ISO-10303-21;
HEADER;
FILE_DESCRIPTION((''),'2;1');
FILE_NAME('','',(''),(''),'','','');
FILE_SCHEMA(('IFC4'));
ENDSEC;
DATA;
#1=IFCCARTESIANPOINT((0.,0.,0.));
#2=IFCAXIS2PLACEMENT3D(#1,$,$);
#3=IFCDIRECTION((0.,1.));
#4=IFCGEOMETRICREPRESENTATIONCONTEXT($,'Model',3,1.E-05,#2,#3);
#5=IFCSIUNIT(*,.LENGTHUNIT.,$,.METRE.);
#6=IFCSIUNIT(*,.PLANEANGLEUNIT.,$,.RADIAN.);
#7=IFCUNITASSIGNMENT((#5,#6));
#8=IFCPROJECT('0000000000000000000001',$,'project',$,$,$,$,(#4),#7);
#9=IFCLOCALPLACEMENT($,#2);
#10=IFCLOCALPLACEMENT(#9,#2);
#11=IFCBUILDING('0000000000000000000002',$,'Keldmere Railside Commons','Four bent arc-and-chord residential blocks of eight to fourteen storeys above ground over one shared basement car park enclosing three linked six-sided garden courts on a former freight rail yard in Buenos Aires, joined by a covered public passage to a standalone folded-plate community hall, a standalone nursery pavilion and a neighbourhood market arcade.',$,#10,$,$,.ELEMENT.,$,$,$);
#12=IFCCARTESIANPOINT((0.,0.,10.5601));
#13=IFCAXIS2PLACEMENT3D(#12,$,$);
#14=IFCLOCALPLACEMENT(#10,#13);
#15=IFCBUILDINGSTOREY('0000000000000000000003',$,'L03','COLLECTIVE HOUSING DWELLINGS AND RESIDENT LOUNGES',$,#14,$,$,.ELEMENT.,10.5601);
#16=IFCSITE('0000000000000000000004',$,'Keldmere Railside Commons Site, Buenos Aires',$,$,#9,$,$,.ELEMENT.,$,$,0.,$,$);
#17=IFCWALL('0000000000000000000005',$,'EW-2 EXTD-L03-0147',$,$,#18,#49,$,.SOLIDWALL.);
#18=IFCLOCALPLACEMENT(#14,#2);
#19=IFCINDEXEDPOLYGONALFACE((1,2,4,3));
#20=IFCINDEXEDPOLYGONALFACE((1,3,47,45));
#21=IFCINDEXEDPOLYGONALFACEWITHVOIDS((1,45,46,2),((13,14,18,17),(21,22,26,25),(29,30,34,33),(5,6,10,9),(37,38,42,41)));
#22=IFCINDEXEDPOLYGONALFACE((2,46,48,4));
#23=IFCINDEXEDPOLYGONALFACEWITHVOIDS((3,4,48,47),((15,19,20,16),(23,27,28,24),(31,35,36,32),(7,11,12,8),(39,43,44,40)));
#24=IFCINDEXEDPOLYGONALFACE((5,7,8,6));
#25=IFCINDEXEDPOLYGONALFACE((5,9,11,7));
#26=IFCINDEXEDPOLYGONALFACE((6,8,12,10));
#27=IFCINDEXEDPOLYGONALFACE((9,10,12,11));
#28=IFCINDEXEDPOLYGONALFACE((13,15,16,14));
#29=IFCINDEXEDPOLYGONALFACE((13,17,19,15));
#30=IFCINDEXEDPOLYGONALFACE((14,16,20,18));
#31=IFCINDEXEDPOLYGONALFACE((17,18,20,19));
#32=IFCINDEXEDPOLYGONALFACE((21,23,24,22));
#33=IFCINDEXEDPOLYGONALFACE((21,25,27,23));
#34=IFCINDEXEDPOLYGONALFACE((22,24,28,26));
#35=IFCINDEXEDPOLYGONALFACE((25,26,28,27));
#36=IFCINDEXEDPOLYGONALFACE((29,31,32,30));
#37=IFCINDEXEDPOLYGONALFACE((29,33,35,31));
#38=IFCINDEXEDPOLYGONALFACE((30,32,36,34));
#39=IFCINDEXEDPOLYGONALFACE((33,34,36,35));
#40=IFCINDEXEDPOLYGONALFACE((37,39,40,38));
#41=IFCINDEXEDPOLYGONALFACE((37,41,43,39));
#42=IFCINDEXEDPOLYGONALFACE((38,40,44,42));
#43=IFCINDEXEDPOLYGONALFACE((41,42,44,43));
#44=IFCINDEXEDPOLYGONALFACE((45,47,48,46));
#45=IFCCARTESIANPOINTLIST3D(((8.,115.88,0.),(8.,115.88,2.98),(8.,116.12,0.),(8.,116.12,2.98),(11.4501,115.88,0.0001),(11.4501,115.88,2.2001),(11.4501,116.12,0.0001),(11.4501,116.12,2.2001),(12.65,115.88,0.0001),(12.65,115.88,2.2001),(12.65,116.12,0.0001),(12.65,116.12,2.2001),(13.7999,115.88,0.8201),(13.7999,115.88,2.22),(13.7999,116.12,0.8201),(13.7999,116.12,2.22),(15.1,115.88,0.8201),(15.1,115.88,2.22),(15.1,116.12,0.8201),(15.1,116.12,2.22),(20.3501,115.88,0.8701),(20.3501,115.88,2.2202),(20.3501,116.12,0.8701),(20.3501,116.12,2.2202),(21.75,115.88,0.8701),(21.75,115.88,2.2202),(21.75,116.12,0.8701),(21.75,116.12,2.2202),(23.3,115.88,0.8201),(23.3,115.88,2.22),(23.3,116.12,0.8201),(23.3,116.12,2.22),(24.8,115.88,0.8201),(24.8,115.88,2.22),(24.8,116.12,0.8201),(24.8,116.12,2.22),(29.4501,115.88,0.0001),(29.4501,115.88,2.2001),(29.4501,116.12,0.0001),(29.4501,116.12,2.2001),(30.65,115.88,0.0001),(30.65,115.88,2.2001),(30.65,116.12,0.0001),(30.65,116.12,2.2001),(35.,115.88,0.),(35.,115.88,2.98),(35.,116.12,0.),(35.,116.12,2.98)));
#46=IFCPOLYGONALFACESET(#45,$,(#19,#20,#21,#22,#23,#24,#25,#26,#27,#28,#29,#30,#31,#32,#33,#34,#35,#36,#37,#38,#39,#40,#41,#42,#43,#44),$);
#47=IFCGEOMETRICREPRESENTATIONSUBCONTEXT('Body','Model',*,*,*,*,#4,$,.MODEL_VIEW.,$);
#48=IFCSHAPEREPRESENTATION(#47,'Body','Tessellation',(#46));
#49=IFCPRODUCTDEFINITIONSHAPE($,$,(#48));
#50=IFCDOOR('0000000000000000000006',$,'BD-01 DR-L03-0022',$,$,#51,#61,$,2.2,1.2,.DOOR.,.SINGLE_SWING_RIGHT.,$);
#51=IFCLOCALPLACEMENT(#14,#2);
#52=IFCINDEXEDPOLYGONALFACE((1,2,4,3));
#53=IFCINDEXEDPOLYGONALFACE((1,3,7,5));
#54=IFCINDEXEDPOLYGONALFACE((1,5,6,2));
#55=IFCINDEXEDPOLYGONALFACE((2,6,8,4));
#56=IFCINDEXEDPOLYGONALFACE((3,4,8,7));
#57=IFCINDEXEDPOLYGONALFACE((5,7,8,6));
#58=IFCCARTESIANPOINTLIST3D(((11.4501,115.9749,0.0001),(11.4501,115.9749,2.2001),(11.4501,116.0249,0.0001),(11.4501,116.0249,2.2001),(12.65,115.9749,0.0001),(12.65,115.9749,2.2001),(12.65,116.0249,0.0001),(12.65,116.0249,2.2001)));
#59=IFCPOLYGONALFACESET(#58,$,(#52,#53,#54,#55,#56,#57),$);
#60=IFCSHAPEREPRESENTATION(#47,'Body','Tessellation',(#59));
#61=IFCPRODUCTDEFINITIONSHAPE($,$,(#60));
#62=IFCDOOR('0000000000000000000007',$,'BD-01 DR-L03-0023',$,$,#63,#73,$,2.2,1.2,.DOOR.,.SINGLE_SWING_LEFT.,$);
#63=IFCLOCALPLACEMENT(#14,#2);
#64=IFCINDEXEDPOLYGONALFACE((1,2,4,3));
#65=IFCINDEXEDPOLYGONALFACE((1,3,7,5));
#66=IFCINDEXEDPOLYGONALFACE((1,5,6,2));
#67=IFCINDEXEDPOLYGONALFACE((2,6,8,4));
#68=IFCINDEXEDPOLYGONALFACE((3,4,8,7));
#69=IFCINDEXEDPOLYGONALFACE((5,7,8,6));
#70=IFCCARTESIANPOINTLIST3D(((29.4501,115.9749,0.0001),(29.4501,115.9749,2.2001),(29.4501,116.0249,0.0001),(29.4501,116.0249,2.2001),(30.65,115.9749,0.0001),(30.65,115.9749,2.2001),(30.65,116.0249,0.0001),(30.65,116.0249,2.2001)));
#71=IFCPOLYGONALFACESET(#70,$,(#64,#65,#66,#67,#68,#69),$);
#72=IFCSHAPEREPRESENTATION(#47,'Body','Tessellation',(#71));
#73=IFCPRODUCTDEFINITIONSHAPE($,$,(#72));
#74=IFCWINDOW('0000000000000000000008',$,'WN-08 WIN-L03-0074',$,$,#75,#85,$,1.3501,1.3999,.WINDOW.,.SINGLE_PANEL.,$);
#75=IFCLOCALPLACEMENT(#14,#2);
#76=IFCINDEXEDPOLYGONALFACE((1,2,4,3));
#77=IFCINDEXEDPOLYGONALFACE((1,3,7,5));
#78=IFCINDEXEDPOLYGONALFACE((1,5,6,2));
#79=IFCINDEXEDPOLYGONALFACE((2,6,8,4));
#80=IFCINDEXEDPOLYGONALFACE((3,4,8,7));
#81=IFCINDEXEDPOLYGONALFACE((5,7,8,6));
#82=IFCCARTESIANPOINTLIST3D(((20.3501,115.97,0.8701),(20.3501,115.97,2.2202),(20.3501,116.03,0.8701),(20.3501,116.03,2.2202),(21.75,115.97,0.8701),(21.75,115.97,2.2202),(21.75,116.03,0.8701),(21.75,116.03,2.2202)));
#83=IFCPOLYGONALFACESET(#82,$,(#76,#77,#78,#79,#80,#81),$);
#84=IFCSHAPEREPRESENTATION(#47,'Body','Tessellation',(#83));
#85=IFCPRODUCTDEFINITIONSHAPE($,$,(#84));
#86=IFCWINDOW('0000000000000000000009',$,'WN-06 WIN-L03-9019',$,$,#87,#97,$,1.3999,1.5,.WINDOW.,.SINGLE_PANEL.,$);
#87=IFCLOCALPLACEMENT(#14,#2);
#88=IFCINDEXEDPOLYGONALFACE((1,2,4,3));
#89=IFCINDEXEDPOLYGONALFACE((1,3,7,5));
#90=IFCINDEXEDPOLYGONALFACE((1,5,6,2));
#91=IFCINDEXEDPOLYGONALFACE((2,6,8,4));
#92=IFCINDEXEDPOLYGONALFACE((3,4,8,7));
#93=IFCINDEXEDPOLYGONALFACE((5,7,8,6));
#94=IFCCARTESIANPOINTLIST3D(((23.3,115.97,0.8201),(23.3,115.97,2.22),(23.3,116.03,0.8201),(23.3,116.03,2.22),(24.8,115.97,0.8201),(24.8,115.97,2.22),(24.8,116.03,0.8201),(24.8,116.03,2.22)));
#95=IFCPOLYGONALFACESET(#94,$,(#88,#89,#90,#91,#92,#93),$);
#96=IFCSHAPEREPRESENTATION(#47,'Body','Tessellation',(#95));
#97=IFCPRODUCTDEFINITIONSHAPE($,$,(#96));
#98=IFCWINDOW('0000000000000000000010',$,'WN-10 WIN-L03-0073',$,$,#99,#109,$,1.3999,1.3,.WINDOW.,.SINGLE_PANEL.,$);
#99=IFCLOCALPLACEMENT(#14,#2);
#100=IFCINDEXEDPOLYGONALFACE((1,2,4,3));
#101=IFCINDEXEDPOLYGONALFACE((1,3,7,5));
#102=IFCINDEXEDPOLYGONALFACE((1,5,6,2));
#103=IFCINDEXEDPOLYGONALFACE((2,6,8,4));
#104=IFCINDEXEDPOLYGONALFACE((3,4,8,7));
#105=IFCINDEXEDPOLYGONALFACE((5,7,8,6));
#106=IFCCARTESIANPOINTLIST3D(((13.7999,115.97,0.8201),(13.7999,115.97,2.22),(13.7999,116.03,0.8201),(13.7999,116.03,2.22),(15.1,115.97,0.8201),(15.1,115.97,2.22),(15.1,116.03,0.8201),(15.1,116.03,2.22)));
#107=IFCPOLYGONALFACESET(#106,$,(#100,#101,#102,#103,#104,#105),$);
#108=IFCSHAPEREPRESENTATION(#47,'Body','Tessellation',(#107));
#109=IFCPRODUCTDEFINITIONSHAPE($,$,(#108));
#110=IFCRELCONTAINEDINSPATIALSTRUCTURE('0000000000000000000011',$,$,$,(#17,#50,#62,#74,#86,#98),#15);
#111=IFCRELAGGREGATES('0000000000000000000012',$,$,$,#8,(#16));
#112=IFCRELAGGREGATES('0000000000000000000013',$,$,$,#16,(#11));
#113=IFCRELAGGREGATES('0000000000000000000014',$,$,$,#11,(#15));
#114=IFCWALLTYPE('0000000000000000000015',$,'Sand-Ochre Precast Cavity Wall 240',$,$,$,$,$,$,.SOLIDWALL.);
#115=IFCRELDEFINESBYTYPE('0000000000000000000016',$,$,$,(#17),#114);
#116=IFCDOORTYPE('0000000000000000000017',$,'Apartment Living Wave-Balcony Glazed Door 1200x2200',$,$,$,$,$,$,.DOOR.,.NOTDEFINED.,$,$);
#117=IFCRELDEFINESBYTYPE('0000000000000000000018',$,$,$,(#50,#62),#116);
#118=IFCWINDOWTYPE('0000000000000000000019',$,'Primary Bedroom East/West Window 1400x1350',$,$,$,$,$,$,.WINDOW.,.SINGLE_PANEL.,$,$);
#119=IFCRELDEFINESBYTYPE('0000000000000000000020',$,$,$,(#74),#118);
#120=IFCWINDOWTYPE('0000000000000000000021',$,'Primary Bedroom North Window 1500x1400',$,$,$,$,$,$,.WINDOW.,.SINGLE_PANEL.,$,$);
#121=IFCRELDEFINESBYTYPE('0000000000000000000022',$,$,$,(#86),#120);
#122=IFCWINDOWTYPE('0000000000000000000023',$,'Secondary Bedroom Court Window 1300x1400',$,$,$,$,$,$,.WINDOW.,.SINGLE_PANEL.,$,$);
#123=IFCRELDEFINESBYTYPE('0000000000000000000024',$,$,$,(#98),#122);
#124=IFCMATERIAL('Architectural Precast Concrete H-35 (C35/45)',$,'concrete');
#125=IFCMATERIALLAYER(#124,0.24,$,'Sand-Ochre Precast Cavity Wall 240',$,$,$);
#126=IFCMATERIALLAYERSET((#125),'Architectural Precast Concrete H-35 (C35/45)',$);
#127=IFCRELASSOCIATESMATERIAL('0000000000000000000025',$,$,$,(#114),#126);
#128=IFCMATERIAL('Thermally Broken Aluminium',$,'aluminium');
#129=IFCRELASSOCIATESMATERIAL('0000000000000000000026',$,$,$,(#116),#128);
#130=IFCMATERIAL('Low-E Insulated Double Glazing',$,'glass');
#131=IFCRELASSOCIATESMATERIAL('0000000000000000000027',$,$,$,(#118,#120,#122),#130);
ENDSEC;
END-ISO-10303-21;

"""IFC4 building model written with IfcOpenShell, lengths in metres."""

from ifc_helpers import new_model, si_unit, direction, frame, frame_2d, origin, place, context, subcontext, project, spatial, rectangle, extrude, material, layer, layer_set, type_object, element, fill, save


model = new_model("IFC4")

# Units and contexts
model_context = context("Model", 3, precision=1e-05, world=origin(), true_north=direction((0.0, 1.0)))
body_context = subcontext(model_context, "Body", "Model", "MODEL_VIEW")
ifc_project = project(units=[si_unit("LENGTHUNIT", "METRE"), si_unit("PLANEANGLEUNIT", "RADIAN")], contexts=[model_context])

# Site, building, storey
site_placement = place(None, origin())
site = spatial("IfcSite", under=ifc_project, at=site_placement, Name="Keldmere Railside Commons Site, Buenos Aires", CompositionType="ELEMENT", RefElevation=0.0)
building_placement = place(site_placement, origin())
building = spatial("IfcBuilding", under=site, at=building_placement, Name="Keldmere Railside Commons", Description="Four bent arc-and-chord residential blocks of eight to fourteen storeys above ground over one shared basement car park enclosing three linked six-sided garden courts on a former freight rail yard in Buenos Aires, joined by a covered public passage to a standalone folded-plate community hall, a standalone nursery pavilion and a neighbourhood market arcade.", CompositionType="ELEMENT")
storey_placement = place(building_placement, frame((0.0, 0.0, 10.5601)))
storey = spatial("IfcBuildingStorey", under=building, at=storey_placement, Name="L03", Description="COLLECTIVE HOUSING DWELLINGS AND RESIDENT LOUNGES", CompositionType="ELEMENT", Elevation=10.5601)

# Wall, openings, doors, windows
ifc_material_1 = material(Name="Architectural Precast Concrete H-35 (C35/45)", Category="concrete")
ifc_layer_1 = layer(ifc_material_1, 0.24, Name="Sand-Ochre Precast Cavity Wall 240")
ifc_layer_set_1 = layer_set([ifc_layer_1], Name="Architectural Precast Concrete H-35 (C35/45)")
wall_type_1 = type_object("IfcWallType", Name="Sand-Ochre Precast Cavity Wall 240", PredefinedType="SOLIDWALL", material=ifc_layer_set_1)
wall_1_placement = place(storey_placement, frame((8.0, 116.0, 0.0), z_axis=(0.0, 0.0, 1.0), x_axis=(1.0, 0.0, 0.0)))
wall_1 = element("IfcWall", 1, at=wall_1_placement, inside=storey, type_object=wall_type_1, Name="EW-2 EXTD-L03-0147", PredefinedType="SOLIDWALL", context=body_context, shape_type="SweptSolid", body=[
    extrude(rectangle(XDim=27.0, YDim=0.24, at=frame_2d((13.5, 0.0))), origin(), (0.0, 0.0, 1.0), 2.98),
])
opening_1_placement = place(wall_1_placement, frame((3.45, 0.0, 0.0)))
opening_1 = element("IfcOpeningElement", 2, at=opening_1_placement, cuts=wall_1, PredefinedType="OPENING", context=body_context, shape_type="SweptSolid", body=[
    extrude(rectangle(XDim=1.2, YDim=2.2, at=frame_2d((0.6001, 1.1001))), frame((0.0, 0.1299, 0.0), z_axis=(0.0, -1.0, 0.0), x_axis=(1.0, 0.0, 0.0)), (0.0, 0.0, 1.0), 0.26),
])
opening_2_placement = place(wall_1_placement, frame((5.8, 0.0, 0.8201)))
opening_2 = element("IfcOpeningElement", 3, at=opening_2_placement, cuts=wall_1, PredefinedType="OPENING", context=body_context, shape_type="SweptSolid", body=[
    extrude(rectangle(XDim=1.3, YDim=1.3999, at=frame_2d((0.6499, 0.7))), frame((0.0, 0.1299, 0.0), z_axis=(0.0, -1.0, 0.0), x_axis=(1.0, 0.0, 0.0)), (0.0, 0.0, 1.0), 0.26),
])
opening_3_placement = place(wall_1_placement, frame((12.3501, 0.0, 0.8701)))
opening_3 = element("IfcOpeningElement", 4, at=opening_3_placement, cuts=wall_1, PredefinedType="OPENING", context=body_context, shape_type="SweptSolid", body=[
    extrude(rectangle(XDim=1.3999, YDim=1.3501, at=frame_2d((0.7, 0.675))), frame((0.0, 0.1299, 0.0), z_axis=(0.0, -1.0, 0.0), x_axis=(1.0, 0.0, 0.0)), (0.0, 0.0, 1.0), 0.26),
])
opening_4_placement = place(wall_1_placement, frame((21.45, 0.0, 0.0)))
opening_4 = element("IfcOpeningElement", 5, at=opening_4_placement, cuts=wall_1, PredefinedType="OPENING", context=body_context, shape_type="SweptSolid", body=[
    extrude(rectangle(XDim=1.2, YDim=2.2, at=frame_2d((0.6001, 1.1001))), frame((0.0, 0.1299, 0.0), z_axis=(0.0, -1.0, 0.0), x_axis=(1.0, 0.0, 0.0)), (0.0, 0.0, 1.0), 0.26),
])
opening_5_placement = place(wall_1_placement, frame((15.3, 0.0, 0.8201)))
opening_5 = element("IfcOpeningElement", 6, at=opening_5_placement, cuts=wall_1, PredefinedType="OPENING", context=body_context, shape_type="SweptSolid", body=[
    extrude(rectangle(XDim=1.5, YDim=1.3999, at=frame_2d((0.75, 0.7))), frame((0.0, 0.1299, 0.0), z_axis=(0.0, -1.0, 0.0), x_axis=(1.0, 0.0, 0.0)), (0.0, 0.0, 1.0), 0.26),
])
ifc_material_2 = material(Name="Thermally Broken Aluminium", Category="aluminium")
door_type_1 = type_object("IfcDoorType", Name="Apartment Living Wave-Balcony Glazed Door 1200x2200", OperationType="NOTDEFINED", PredefinedType="DOOR", material=ifc_material_2)
door_1_placement = place(opening_1_placement, origin())
door_1 = element("IfcDoor", 7, at=door_1_placement, inside=storey, type_object=door_type_1, Name="BD-01 DR-L03-0022", OperationType="SINGLE_SWING_RIGHT", OverallHeight=2.2, OverallWidth=1.2, PredefinedType="DOOR", context=body_context, shape_type="SweptSolid", body=[
    extrude(rectangle(XDim=1.2, YDim=2.2, at=frame_2d((0.6001, 1.1001))), frame((0.0, 0.0249, 0.0), z_axis=(0.0, -1.0, 0.0), x_axis=(1.0, 0.0, 0.0)), (0.0, 0.0, 1.0), 0.05),
])
fill(opening_1, door_1)
door_2_placement = place(opening_4_placement, origin())
door_2 = element("IfcDoor", 8, at=door_2_placement, inside=storey, type_object=door_type_1, Name="BD-01 DR-L03-0023", OperationType="SINGLE_SWING_LEFT", OverallHeight=2.2, OverallWidth=1.2, PredefinedType="DOOR", context=body_context, shape_type="SweptSolid", body=[
    extrude(rectangle(XDim=1.2, YDim=2.2, at=frame_2d((0.6001, 1.1001))), frame((0.0, 0.0249, 0.0), z_axis=(0.0, -1.0, 0.0), x_axis=(1.0, 0.0, 0.0)), (0.0, 0.0, 1.0), 0.05),
])
fill(opening_4, door_2)
ifc_material_3 = material(Name="Low-E Insulated Double Glazing", Category="glass")
window_type_1 = type_object("IfcWindowType", Name="Primary Bedroom East/West Window 1400x1350", PartitioningType="SINGLE_PANEL", PredefinedType="WINDOW", material=ifc_material_3)
window_1_placement = place(opening_3_placement, origin())
window_1 = element("IfcWindow", 9, at=window_1_placement, inside=storey, type_object=window_type_1, Name="WN-08 WIN-L03-0074", OverallHeight=1.3501, OverallWidth=1.3999, PartitioningType="SINGLE_PANEL", PredefinedType="WINDOW", context=body_context, shape_type="SweptSolid", body=[
    extrude(rectangle(XDim=1.3999, YDim=1.3501, at=frame_2d((0.7, 0.675))), frame((0.0, 0.03, 0.0), z_axis=(0.0, -1.0, 0.0), x_axis=(1.0, 0.0, 0.0)), (0.0, 0.0, 1.0), 0.0601),
])
fill(opening_3, window_1)
window_type_2 = type_object("IfcWindowType", Name="Primary Bedroom North Window 1500x1400", PartitioningType="SINGLE_PANEL", PredefinedType="WINDOW", material=ifc_material_3)
window_2_placement = place(opening_5_placement, origin())
window_2 = element("IfcWindow", 10, at=window_2_placement, inside=storey, type_object=window_type_2, Name="WN-06 WIN-L03-9019", OverallHeight=1.3999, OverallWidth=1.5, PartitioningType="SINGLE_PANEL", PredefinedType="WINDOW", context=body_context, shape_type="SweptSolid", body=[
    extrude(rectangle(XDim=1.5, YDim=1.3999, at=frame_2d((0.75, 0.7))), frame((0.0, 0.03, 0.0), z_axis=(0.0, -1.0, 0.0), x_axis=(1.0, 0.0, 0.0)), (0.0, 0.0, 1.0), 0.0601),
])
fill(opening_5, window_2)
window_type_3 = type_object("IfcWindowType", Name="Secondary Bedroom Court Window 1300x1400", PartitioningType="SINGLE_PANEL", PredefinedType="WINDOW", material=ifc_material_3)
window_3_placement = place(opening_2_placement, origin())
window_3 = element("IfcWindow", 11, at=window_3_placement, inside=storey, type_object=window_type_3, Name="WN-10 WIN-L03-0073", OverallHeight=1.3999, OverallWidth=1.3, PartitioningType="SINGLE_PANEL", PredefinedType="WINDOW", context=body_context, shape_type="SweptSolid", body=[
    extrude(rectangle(XDim=1.3, YDim=1.3999, at=frame_2d((0.6499, 0.7))), frame((0.0, 0.03, 0.0), z_axis=(0.0, -1.0, 0.0), x_axis=(1.0, 0.0, 0.0)), (0.0, 0.0, 1.0), 0.0601),
])
fill(opening_2, window_3)

save(model, "model.ifc")
